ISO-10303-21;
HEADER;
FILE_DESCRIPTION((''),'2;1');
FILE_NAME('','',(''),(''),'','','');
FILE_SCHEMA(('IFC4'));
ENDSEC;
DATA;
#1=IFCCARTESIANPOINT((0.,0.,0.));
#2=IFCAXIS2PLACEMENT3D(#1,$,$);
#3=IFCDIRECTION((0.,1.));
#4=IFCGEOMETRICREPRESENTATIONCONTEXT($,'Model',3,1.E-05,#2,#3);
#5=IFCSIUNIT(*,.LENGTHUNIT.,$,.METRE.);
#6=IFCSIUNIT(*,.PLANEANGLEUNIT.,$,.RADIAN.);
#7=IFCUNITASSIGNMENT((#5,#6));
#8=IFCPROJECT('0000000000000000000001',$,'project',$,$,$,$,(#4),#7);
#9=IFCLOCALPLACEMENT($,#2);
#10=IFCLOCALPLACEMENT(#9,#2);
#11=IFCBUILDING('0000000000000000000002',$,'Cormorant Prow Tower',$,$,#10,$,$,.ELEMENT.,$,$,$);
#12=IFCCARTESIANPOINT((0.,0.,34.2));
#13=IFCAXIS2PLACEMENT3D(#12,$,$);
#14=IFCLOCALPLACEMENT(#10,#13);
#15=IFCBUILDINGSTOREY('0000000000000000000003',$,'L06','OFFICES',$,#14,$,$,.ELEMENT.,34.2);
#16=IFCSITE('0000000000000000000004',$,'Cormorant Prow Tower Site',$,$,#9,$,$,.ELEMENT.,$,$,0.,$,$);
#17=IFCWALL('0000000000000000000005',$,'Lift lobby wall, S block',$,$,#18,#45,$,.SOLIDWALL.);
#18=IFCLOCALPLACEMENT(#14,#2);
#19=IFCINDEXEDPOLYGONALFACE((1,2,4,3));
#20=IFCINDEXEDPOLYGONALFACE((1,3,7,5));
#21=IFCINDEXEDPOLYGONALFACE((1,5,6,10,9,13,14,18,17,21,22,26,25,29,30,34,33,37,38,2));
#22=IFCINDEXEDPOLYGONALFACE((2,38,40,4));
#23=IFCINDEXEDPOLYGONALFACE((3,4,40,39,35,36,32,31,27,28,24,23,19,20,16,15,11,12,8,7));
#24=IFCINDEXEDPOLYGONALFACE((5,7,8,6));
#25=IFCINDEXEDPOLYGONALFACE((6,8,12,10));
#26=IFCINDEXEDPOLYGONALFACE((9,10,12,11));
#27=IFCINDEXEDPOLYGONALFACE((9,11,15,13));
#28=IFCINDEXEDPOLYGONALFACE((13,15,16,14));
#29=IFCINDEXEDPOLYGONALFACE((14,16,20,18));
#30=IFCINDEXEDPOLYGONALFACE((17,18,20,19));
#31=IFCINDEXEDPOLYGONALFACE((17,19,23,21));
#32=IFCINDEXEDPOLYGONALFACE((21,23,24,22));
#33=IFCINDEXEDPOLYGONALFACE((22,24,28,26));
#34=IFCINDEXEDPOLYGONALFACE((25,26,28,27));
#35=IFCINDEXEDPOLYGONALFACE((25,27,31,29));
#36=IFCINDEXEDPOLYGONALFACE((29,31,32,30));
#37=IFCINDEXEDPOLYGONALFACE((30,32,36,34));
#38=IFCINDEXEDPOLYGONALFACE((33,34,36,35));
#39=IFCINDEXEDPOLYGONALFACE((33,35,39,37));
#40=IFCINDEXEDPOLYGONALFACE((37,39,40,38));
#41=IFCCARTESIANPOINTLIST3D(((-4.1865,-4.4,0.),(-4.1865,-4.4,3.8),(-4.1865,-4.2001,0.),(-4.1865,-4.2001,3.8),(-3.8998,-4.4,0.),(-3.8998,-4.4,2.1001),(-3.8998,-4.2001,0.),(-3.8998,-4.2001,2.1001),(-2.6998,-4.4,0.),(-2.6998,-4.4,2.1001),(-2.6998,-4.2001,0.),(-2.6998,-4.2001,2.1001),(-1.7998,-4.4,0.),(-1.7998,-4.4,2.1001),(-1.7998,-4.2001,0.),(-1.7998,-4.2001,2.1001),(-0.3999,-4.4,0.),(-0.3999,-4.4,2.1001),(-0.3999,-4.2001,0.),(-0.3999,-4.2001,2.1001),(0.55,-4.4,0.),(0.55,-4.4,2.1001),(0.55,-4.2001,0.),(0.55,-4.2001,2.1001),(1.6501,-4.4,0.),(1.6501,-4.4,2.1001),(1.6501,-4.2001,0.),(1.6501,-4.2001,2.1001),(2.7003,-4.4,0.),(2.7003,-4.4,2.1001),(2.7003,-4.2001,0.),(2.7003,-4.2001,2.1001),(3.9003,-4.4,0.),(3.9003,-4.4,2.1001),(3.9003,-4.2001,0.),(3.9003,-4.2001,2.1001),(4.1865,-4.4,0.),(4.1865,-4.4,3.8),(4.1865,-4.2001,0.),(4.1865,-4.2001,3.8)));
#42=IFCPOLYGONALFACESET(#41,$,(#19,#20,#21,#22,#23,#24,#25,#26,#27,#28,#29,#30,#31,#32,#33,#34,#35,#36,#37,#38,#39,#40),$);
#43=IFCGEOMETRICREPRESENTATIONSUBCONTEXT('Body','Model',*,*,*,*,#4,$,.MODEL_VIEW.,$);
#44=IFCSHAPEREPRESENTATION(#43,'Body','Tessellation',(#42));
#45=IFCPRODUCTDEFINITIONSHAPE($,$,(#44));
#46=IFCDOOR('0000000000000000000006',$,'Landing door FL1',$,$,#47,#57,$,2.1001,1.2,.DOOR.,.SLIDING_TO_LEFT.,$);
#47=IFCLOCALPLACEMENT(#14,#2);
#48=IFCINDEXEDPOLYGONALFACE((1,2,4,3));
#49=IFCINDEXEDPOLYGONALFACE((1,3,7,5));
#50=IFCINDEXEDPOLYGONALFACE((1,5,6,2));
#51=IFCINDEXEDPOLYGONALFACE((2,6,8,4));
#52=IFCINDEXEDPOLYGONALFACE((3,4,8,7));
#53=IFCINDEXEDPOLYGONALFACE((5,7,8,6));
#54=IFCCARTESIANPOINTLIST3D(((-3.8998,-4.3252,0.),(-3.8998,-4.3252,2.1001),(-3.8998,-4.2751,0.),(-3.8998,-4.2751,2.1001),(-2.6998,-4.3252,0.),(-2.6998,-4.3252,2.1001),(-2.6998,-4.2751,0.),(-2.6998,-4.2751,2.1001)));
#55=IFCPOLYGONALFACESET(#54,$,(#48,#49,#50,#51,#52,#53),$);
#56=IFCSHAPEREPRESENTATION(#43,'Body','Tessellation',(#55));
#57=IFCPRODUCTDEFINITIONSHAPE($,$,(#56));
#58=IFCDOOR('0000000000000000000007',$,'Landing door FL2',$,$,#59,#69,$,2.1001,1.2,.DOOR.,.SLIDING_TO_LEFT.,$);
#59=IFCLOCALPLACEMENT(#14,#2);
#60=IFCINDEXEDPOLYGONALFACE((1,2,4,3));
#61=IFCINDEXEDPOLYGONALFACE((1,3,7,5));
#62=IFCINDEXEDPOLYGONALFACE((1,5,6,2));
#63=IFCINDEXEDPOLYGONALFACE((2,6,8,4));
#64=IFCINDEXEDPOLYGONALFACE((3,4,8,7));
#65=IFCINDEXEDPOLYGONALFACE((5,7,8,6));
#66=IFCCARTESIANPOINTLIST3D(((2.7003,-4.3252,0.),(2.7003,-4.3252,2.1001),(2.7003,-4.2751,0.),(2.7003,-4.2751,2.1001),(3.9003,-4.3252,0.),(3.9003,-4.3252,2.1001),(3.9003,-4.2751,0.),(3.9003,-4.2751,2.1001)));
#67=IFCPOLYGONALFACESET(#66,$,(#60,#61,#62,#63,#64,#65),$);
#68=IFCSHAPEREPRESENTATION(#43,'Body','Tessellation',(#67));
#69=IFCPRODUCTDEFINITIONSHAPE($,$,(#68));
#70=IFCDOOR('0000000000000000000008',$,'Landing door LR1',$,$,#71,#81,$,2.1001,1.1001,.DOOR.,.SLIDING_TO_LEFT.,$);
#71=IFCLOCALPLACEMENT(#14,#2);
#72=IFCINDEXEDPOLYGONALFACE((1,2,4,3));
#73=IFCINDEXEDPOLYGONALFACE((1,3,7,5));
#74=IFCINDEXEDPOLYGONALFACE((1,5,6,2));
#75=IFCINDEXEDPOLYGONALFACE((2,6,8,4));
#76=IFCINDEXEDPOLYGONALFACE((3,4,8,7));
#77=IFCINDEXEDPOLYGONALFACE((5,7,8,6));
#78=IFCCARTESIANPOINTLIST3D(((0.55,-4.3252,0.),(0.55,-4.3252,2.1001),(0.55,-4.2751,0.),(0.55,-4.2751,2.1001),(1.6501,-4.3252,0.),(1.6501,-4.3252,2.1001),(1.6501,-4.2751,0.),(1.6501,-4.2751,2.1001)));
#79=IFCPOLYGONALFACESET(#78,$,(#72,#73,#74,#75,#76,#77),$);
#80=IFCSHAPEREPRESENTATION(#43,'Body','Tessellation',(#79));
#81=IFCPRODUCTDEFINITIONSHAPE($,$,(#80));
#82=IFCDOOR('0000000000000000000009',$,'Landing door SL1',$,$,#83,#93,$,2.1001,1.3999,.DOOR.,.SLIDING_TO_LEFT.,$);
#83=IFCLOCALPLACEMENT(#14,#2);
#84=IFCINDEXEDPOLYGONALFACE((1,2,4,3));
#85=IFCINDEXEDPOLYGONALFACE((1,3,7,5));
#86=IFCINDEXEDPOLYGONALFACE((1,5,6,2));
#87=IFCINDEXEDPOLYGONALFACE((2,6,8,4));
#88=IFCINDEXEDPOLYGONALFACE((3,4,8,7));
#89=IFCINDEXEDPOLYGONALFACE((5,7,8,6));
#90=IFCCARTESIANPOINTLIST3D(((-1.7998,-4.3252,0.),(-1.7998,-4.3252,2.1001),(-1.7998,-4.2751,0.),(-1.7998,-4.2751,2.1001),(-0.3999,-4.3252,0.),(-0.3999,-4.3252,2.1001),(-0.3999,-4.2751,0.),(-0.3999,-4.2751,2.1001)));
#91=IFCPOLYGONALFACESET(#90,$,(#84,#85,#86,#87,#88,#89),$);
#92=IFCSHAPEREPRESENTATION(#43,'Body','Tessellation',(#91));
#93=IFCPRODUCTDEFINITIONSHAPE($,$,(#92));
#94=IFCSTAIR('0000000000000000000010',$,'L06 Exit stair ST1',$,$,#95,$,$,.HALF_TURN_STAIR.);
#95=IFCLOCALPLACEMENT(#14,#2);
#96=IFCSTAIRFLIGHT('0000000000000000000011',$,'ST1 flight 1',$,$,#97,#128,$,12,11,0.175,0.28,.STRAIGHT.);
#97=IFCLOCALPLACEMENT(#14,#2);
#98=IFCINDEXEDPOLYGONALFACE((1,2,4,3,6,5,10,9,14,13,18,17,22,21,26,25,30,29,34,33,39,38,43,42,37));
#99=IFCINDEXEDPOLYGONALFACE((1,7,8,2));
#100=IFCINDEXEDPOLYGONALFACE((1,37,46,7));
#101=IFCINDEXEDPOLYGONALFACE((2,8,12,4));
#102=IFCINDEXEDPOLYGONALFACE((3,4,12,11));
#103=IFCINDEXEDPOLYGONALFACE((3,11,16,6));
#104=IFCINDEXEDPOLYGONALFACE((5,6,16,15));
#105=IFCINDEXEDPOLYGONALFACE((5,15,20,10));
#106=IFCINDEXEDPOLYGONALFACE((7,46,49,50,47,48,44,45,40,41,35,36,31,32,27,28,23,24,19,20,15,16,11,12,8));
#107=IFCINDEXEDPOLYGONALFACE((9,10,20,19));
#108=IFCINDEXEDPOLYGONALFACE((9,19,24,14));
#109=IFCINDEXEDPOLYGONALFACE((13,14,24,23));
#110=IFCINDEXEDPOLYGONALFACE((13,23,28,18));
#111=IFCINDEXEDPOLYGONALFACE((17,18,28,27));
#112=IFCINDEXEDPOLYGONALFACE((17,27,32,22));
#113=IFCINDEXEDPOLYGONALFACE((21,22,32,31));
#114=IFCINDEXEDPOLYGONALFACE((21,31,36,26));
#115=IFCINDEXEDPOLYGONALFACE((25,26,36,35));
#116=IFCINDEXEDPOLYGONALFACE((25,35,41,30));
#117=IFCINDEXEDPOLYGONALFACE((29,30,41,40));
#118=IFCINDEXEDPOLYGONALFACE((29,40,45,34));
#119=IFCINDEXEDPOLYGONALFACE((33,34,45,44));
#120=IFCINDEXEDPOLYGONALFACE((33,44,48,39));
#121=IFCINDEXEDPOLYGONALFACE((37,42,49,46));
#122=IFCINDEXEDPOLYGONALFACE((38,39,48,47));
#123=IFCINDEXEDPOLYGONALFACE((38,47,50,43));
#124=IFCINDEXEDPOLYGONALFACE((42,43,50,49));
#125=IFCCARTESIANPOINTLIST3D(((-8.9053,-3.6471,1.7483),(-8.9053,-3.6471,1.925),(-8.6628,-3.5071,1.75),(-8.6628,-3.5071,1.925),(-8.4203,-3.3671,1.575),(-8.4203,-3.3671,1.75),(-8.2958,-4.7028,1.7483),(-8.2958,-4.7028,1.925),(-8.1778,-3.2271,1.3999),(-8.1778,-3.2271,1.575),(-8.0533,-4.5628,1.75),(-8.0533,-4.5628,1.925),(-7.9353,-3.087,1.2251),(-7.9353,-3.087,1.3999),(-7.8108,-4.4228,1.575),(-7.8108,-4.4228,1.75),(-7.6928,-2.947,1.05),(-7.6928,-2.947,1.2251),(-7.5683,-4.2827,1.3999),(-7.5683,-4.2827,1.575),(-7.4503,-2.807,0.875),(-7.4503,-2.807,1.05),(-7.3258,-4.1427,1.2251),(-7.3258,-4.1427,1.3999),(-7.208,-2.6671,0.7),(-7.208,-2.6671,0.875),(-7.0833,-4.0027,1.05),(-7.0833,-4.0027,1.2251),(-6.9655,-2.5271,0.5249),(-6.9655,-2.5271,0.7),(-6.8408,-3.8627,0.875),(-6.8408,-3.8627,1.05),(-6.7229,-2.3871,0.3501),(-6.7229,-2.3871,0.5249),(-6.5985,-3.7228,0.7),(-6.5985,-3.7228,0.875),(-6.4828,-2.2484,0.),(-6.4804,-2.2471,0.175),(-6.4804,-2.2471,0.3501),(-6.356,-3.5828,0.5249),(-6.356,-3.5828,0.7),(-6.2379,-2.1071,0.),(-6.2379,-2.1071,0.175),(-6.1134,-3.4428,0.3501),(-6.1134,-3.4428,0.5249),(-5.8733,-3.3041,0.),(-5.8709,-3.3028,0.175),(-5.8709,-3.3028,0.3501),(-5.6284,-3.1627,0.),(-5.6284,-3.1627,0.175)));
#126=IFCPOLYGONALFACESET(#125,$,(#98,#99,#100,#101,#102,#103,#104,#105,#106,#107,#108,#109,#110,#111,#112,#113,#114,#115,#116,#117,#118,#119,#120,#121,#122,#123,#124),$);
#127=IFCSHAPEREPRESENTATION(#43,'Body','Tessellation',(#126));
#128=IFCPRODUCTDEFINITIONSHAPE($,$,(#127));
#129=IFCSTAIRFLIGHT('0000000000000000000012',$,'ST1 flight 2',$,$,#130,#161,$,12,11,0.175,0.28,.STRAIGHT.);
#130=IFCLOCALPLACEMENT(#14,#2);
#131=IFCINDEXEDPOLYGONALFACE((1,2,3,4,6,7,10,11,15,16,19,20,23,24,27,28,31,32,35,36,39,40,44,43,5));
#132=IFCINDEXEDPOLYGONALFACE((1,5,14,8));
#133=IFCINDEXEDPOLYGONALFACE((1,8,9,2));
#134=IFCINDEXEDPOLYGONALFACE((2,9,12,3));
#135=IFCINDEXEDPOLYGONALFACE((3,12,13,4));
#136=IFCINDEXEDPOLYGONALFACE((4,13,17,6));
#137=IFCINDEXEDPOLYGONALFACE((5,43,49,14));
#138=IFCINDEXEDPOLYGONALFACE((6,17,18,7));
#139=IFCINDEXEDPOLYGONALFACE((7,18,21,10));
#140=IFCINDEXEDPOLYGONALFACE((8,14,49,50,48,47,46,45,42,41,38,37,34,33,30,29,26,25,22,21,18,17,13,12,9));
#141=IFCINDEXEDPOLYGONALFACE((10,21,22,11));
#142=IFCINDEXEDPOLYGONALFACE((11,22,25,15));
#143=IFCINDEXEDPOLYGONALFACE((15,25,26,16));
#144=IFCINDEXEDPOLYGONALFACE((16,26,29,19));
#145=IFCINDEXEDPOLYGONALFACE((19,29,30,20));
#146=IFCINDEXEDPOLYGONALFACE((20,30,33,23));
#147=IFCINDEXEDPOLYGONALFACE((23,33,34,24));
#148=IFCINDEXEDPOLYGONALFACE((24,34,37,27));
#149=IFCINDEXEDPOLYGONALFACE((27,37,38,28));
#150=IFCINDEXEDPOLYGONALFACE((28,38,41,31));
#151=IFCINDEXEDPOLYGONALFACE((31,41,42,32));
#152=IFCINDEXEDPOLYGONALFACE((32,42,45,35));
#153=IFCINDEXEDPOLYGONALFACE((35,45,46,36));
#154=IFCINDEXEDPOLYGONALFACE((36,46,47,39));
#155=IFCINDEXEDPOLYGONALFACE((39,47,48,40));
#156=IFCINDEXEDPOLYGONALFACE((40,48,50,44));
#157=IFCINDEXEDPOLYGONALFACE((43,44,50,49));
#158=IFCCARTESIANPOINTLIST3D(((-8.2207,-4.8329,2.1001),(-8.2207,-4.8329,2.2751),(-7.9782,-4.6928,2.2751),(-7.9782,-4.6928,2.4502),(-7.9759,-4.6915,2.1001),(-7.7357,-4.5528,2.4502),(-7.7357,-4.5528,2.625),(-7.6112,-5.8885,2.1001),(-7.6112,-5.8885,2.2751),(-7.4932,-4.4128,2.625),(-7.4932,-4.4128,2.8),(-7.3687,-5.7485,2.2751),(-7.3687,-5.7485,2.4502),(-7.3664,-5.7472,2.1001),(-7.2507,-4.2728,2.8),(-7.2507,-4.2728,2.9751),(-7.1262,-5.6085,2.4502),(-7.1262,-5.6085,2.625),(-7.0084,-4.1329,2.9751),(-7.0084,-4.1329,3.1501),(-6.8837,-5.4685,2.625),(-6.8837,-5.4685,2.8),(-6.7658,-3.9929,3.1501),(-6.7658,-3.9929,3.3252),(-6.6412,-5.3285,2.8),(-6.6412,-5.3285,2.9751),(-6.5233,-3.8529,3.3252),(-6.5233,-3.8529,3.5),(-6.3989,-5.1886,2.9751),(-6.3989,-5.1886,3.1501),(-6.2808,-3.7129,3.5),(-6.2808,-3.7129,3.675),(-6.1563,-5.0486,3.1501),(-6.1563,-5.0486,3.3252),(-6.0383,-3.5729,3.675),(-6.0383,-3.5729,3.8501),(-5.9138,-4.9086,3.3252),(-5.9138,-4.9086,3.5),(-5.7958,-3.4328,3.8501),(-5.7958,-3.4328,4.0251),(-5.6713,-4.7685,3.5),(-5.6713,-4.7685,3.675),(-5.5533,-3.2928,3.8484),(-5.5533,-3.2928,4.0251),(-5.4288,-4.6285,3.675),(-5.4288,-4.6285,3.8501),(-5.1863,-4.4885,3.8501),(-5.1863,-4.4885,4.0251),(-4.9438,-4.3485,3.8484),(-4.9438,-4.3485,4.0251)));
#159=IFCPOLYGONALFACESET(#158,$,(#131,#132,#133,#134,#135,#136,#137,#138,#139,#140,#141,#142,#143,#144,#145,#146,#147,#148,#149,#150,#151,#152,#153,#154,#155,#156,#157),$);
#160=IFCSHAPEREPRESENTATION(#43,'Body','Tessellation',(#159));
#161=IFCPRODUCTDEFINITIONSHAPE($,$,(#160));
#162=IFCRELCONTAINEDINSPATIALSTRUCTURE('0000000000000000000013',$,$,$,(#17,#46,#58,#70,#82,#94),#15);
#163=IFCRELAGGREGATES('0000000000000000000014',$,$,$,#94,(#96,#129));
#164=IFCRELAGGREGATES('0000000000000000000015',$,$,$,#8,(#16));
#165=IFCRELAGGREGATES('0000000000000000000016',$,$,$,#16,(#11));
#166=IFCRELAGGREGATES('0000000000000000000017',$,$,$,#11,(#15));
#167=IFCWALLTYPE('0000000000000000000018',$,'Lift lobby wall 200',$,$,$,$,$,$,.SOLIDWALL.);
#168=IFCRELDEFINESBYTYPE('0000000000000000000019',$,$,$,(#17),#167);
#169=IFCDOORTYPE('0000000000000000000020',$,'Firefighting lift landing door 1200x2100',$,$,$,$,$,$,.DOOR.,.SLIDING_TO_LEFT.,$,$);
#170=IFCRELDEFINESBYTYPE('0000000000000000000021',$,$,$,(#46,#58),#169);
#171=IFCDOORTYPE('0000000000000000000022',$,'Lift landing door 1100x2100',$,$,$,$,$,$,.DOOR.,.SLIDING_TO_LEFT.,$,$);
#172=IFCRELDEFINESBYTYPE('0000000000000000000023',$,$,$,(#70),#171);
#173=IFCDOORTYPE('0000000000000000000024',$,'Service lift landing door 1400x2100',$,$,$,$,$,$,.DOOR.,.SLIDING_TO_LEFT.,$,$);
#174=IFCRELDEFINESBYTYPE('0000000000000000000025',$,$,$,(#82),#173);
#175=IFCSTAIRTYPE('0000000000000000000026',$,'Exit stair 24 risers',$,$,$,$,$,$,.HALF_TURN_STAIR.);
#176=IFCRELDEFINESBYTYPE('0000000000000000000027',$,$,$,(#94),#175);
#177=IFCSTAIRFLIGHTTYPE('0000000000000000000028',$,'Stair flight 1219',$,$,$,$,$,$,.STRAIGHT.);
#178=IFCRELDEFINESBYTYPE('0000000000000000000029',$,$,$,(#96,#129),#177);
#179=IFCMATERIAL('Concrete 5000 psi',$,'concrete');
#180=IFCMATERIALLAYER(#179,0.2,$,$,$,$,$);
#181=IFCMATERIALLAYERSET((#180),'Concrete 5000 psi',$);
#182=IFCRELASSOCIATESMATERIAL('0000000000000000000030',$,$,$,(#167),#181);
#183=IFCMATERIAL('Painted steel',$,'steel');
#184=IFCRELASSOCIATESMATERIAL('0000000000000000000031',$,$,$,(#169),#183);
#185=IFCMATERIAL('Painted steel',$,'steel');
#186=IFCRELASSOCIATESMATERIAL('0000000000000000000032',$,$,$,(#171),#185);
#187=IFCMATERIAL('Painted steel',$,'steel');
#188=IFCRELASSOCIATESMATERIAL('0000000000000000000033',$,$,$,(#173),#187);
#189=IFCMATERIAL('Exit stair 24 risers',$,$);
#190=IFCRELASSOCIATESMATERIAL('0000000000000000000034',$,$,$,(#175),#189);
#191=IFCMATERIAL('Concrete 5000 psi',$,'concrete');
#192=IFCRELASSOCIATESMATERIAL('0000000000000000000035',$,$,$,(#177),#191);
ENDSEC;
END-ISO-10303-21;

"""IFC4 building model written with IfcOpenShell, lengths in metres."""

from ifc_helpers import new_model, si_unit, direction, frame, frame_2d, origin, place, context, subcontext, project, spatial, polyline, rectangle, outline, extrude, material, layer, layer_set, type_object, element, fill, aggregate, save


model = new_model("IFC4")

# Units and contexts
model_context = context("Model", 3, precision=1e-05, world=origin(), true_north=direction((0.0, 1.0)))
body_context = subcontext(model_context, "Body", "Model", "MODEL_VIEW")
ifc_project = project(units=[si_unit("LENGTHUNIT", "METRE"), si_unit("PLANEANGLEUNIT", "RADIAN")], contexts=[model_context])

# Site, building, storey
site_placement = place(None, origin())
site = spatial("IfcSite", under=ifc_project, at=site_placement, Name="Cormorant Prow Tower Site", CompositionType="ELEMENT", RefElevation=0.0)
building_placement = place(site_placement, origin())
building = spatial("IfcBuilding", under=site, at=building_placement, Name="Cormorant Prow Tower", CompositionType="ELEMENT")
storey_placement = place(building_placement, frame((0.0, 0.0, 34.2)))
storey = spatial("IfcBuildingStorey", under=building, at=storey_placement, Name="L06", Description="OFFICES", CompositionType="ELEMENT", Elevation=34.2)

# Wall, openings, doors
ifc_material_1 = material(Name="Concrete 5000 psi", Category="concrete")
ifc_layer_1 = layer(ifc_material_1, 0.2)
ifc_layer_set_1 = layer_set([ifc_layer_1], Name="Concrete 5000 psi")
wall_type_1 = type_object("IfcWallType", Name="Lift lobby wall 200", PredefinedType="SOLIDWALL", material=ifc_layer_set_1)
wall_1_placement = place(storey_placement, frame((-4.1865, -4.3, 0.0), z_axis=(0.0, 0.0, 1.0), x_axis=(1.0, 0.0, 0.0)))
wall_1 = element("IfcWall", 1, at=wall_1_placement, inside=storey, type_object=wall_type_1, Name="Lift lobby wall, S block", PredefinedType="SOLIDWALL", context=body_context, shape_type="SweptSolid", body=[
    extrude(rectangle(XDim=8.373, YDim=0.2, at=frame_2d((4.1865, 0.0))), origin(), (0.0, 0.0, 1.0), 3.8),
])
opening_1_placement = place(wall_1_placement, frame((0.2866, 0.0, 0.0)))
opening_1 = element("IfcOpeningElement", 2, at=opening_1_placement, cuts=wall_1, PredefinedType="OPENING", context=body_context, shape_type="SweptSolid", body=[
    extrude(rectangle(XDim=1.2, YDim=2.1001, at=frame_2d((0.6001, 1.05))), frame((0.0, 0.1099, 0.0), z_axis=(0.0, -1.0, 0.0), x_axis=(1.0, 0.0, 0.0)), (0.0, 0.0, 1.0), 0.22),
])
opening_2_placement = place(wall_1_placement, frame((2.3867, 0.0, 0.0)))
opening_2 = element("IfcOpeningElement", 3, at=opening_2_placement, cuts=wall_1, PredefinedType="OPENING", context=body_context, shape_type="SweptSolid", body=[
    extrude(rectangle(XDim=1.3999, YDim=2.1001, at=frame_2d((0.7, 1.05))), frame((0.0, 0.1099, 0.0), z_axis=(0.0, -1.0, 0.0), x_axis=(1.0, 0.0, 0.0)), (0.0, 0.0, 1.0), 0.22),
])
opening_3_placement = place(wall_1_placement, frame((4.7366, 0.0, 0.0)))
opening_3 = element("IfcOpeningElement", 4, at=opening_3_placement, cuts=wall_1, PredefinedType="OPENING", context=body_context, shape_type="SweptSolid", body=[
    extrude(rectangle(XDim=1.1001, YDim=2.1001, at=frame_2d((0.55, 1.05))), frame((0.0, 0.1099, 0.0), z_axis=(0.0, -1.0, 0.0), x_axis=(1.0, 0.0, 0.0)), (0.0, 0.0, 1.0), 0.22),
])
opening_4_placement = place(wall_1_placement, frame((6.8867, 0.0, 0.0)))
opening_4 = element("IfcOpeningElement", 5, at=opening_4_placement, cuts=wall_1, PredefinedType="OPENING", context=body_context, shape_type="SweptSolid", body=[
    extrude(rectangle(XDim=1.2, YDim=2.1001, at=frame_2d((0.6001, 1.05))), frame((0.0, 0.1099, 0.0), z_axis=(0.0, -1.0, 0.0), x_axis=(1.0, 0.0, 0.0)), (0.0, 0.0, 1.0), 0.22),
])
ifc_material_2 = material(Name="Painted steel", Category="steel")
door_type_1 = type_object("IfcDoorType", Name="Firefighting lift landing door 1200x2100", OperationType="SLIDING_TO_LEFT", PredefinedType="DOOR", material=ifc_material_2)
door_1_placement = place(opening_1_placement, origin())
door_1 = element("IfcDoor", 6, at=door_1_placement, inside=storey, type_object=door_type_1, Name="Landing door FL1", OperationType="SLIDING_TO_LEFT", OverallHeight=2.1001, OverallWidth=1.2, PredefinedType="DOOR", context=body_context, shape_type="SweptSolid", body=[
    extrude(rectangle(XDim=1.2, YDim=2.1001, at=frame_2d((0.6001, 1.05))), frame((0.0, 0.0249, 0.0), z_axis=(0.0, -1.0, 0.0), x_axis=(1.0, 0.0, 0.0)), (0.0, 0.0, 1.0), 0.05),
])
fill(opening_1, door_1)
door_2_placement = place(opening_4_placement, origin())
door_2 = element("IfcDoor", 7, at=door_2_placement, inside=storey, type_object=door_type_1, Name="Landing door FL2", OperationType="SLIDING_TO_LEFT", OverallHeight=2.1001, OverallWidth=1.2, PredefinedType="DOOR", context=body_context, shape_type="SweptSolid", body=[
    extrude(rectangle(XDim=1.2, YDim=2.1001, at=frame_2d((0.6001, 1.05))), frame((0.0, 0.0249, 0.0), z_axis=(0.0, -1.0, 0.0), x_axis=(1.0, 0.0, 0.0)), (0.0, 0.0, 1.0), 0.05),
])
fill(opening_4, door_2)
ifc_material_3 = material(Name="Painted steel", Category="steel")
door_type_2 = type_object("IfcDoorType", Name="Lift landing door 1100x2100", OperationType="SLIDING_TO_LEFT", PredefinedType="DOOR", material=ifc_material_3)
door_3_placement = place(opening_3_placement, origin())
door_3 = element("IfcDoor", 8, at=door_3_placement, inside=storey, type_object=door_type_2, Name="Landing door LR1", OperationType="SLIDING_TO_LEFT", OverallHeight=2.1001, OverallWidth=1.1001, PredefinedType="DOOR", context=body_context, shape_type="SweptSolid", body=[
    extrude(rectangle(XDim=1.1001, YDim=2.1001, at=frame_2d((0.55, 1.05))), frame((0.0, 0.0249, 0.0), z_axis=(0.0, -1.0, 0.0), x_axis=(1.0, 0.0, 0.0)), (0.0, 0.0, 1.0), 0.05),
])
fill(opening_3, door_3)
ifc_material_4 = material(Name="Painted steel", Category="steel")
door_type_3 = type_object("IfcDoorType", Name="Service lift landing door 1400x2100", OperationType="SLIDING_TO_LEFT", PredefinedType="DOOR", material=ifc_material_4)
door_4_placement = place(opening_2_placement, origin())
door_4 = element("IfcDoor", 9, at=door_4_placement, inside=storey, type_object=door_type_3, Name="Landing door SL1", OperationType="SLIDING_TO_LEFT", OverallHeight=2.1001, OverallWidth=1.3999, PredefinedType="DOOR", context=body_context, shape_type="SweptSolid", body=[
    extrude(rectangle(XDim=1.3999, YDim=2.1001, at=frame_2d((0.7, 1.05))), frame((0.0, 0.0249, 0.0), z_axis=(0.0, -1.0, 0.0), x_axis=(1.0, 0.0, 0.0)), (0.0, 0.0, 1.0), 0.05),
])
fill(opening_2, door_4)

# Stair, stair flights
ifc_material_5 = material(Name="Exit stair 24 risers")
stair_type = type_object("IfcStairType", Name="Exit stair 24 risers", PredefinedType="HALF_TURN_STAIR", material=ifc_material_5)
stair_placement = place(storey_placement, origin())
stair = element("IfcStair", 10, at=stair_placement, inside=storey, type_object=stair_type, Name="L06 Exit stair ST1", PredefinedType="HALF_TURN_STAIR")
ifc_material_6 = material(Name="Concrete 5000 psi", Category="concrete")
stair_flight_type = type_object("IfcStairFlightType", Name="Stair flight 1219", PredefinedType="STRAIGHT", material=ifc_material_6)
stair_flight_1_placement = place(storey_placement, frame((-5.9331, -2.635, 0.0), z_axis=(0.0, 0.0, 1.0), x_axis=(-0.866025, -0.5, 0.0)))
stair_flight_1 = element("IfcStairFlight", 11, at=stair_flight_1_placement, type_object=stair_flight_type, Name="ST1 flight 1", NumberOfRisers=12, NumberOfTreads=11, PredefinedType="STRAIGHT", RiserHeight=0.175, TreadLength=0.28, context=body_context, shape_type="SweptSolid", body=[
    extrude(outline(polyline([(0.0, 0.0), (0.0, 0.175), (0.28, 0.175), (0.28, 0.3501), (0.5601, 0.3501), (0.5601, 0.5249), (0.8401, 0.5249), (0.8401, 0.7), (1.1201, 0.7), (1.1201, 0.875), (1.3999, 0.875), (1.3999, 1.05), (1.6799, 1.05), (1.6799, 1.2251), (1.96, 1.2251), (1.96, 1.3999), (2.24, 1.3999), (2.24, 1.575), (2.52, 1.575), (2.52, 1.75), (2.8, 1.75), (2.8, 1.925), (3.0801, 1.925), (3.0801, 2.1001), (3.0801, 1.7483), (0.2827, 0.0), (0.0, 0.0)])), frame((0.0, 0.6094, 0.0), z_axis=(0.0, -1.0, 0.0), x_axis=(1.0, 0.0, 0.0)), (0.0, 0.0, 1.0), 1.219),
])
stair_flight_2_placement = place(storey_placement, frame((-7.916, -5.3606, 2.1001), z_axis=(0.0, 0.0, 1.0), x_axis=(0.866025, 0.5, 0.0)))
stair_flight_2 = element("IfcStairFlight", 12, at=stair_flight_2_placement, type_object=stair_flight_type, Name="ST1 flight 2", NumberOfRisers=12, NumberOfTreads=11, PredefinedType="STRAIGHT", RiserHeight=0.175, TreadLength=0.28, context=body_context, shape_type="SweptSolid", body=[
    extrude(outline(polyline([(0.0, 0.0), (0.0, 0.175), (0.28, 0.175), (0.28, 0.3501), (0.5601, 0.3501), (0.5601, 0.5249), (0.8401, 0.5249), (0.8401, 0.7), (1.1201, 0.7), (1.1201, 0.875), (1.3999, 0.875), (1.3999, 1.05), (1.6799, 1.05), (1.6799, 1.2251), (1.96, 1.2251), (1.96, 1.3999), (2.24, 1.3999), (2.24, 1.575), (2.52, 1.575), (2.52, 1.75), (2.8, 1.75), (2.8, 1.925), (3.0801, 1.925), (3.0801, 2.1001), (3.0801, 1.7483), (0.2827, 0.0), (0.0, 0.0)])), frame((0.0, 0.6094, 0.0), z_axis=(0.0, -1.0, 0.0), x_axis=(1.0, 0.0, 0.0)), (0.0, 0.0, 1.0), 1.219),
])
aggregate(stair, [stair_flight_1, stair_flight_2])

save(model, "model.ifc")
